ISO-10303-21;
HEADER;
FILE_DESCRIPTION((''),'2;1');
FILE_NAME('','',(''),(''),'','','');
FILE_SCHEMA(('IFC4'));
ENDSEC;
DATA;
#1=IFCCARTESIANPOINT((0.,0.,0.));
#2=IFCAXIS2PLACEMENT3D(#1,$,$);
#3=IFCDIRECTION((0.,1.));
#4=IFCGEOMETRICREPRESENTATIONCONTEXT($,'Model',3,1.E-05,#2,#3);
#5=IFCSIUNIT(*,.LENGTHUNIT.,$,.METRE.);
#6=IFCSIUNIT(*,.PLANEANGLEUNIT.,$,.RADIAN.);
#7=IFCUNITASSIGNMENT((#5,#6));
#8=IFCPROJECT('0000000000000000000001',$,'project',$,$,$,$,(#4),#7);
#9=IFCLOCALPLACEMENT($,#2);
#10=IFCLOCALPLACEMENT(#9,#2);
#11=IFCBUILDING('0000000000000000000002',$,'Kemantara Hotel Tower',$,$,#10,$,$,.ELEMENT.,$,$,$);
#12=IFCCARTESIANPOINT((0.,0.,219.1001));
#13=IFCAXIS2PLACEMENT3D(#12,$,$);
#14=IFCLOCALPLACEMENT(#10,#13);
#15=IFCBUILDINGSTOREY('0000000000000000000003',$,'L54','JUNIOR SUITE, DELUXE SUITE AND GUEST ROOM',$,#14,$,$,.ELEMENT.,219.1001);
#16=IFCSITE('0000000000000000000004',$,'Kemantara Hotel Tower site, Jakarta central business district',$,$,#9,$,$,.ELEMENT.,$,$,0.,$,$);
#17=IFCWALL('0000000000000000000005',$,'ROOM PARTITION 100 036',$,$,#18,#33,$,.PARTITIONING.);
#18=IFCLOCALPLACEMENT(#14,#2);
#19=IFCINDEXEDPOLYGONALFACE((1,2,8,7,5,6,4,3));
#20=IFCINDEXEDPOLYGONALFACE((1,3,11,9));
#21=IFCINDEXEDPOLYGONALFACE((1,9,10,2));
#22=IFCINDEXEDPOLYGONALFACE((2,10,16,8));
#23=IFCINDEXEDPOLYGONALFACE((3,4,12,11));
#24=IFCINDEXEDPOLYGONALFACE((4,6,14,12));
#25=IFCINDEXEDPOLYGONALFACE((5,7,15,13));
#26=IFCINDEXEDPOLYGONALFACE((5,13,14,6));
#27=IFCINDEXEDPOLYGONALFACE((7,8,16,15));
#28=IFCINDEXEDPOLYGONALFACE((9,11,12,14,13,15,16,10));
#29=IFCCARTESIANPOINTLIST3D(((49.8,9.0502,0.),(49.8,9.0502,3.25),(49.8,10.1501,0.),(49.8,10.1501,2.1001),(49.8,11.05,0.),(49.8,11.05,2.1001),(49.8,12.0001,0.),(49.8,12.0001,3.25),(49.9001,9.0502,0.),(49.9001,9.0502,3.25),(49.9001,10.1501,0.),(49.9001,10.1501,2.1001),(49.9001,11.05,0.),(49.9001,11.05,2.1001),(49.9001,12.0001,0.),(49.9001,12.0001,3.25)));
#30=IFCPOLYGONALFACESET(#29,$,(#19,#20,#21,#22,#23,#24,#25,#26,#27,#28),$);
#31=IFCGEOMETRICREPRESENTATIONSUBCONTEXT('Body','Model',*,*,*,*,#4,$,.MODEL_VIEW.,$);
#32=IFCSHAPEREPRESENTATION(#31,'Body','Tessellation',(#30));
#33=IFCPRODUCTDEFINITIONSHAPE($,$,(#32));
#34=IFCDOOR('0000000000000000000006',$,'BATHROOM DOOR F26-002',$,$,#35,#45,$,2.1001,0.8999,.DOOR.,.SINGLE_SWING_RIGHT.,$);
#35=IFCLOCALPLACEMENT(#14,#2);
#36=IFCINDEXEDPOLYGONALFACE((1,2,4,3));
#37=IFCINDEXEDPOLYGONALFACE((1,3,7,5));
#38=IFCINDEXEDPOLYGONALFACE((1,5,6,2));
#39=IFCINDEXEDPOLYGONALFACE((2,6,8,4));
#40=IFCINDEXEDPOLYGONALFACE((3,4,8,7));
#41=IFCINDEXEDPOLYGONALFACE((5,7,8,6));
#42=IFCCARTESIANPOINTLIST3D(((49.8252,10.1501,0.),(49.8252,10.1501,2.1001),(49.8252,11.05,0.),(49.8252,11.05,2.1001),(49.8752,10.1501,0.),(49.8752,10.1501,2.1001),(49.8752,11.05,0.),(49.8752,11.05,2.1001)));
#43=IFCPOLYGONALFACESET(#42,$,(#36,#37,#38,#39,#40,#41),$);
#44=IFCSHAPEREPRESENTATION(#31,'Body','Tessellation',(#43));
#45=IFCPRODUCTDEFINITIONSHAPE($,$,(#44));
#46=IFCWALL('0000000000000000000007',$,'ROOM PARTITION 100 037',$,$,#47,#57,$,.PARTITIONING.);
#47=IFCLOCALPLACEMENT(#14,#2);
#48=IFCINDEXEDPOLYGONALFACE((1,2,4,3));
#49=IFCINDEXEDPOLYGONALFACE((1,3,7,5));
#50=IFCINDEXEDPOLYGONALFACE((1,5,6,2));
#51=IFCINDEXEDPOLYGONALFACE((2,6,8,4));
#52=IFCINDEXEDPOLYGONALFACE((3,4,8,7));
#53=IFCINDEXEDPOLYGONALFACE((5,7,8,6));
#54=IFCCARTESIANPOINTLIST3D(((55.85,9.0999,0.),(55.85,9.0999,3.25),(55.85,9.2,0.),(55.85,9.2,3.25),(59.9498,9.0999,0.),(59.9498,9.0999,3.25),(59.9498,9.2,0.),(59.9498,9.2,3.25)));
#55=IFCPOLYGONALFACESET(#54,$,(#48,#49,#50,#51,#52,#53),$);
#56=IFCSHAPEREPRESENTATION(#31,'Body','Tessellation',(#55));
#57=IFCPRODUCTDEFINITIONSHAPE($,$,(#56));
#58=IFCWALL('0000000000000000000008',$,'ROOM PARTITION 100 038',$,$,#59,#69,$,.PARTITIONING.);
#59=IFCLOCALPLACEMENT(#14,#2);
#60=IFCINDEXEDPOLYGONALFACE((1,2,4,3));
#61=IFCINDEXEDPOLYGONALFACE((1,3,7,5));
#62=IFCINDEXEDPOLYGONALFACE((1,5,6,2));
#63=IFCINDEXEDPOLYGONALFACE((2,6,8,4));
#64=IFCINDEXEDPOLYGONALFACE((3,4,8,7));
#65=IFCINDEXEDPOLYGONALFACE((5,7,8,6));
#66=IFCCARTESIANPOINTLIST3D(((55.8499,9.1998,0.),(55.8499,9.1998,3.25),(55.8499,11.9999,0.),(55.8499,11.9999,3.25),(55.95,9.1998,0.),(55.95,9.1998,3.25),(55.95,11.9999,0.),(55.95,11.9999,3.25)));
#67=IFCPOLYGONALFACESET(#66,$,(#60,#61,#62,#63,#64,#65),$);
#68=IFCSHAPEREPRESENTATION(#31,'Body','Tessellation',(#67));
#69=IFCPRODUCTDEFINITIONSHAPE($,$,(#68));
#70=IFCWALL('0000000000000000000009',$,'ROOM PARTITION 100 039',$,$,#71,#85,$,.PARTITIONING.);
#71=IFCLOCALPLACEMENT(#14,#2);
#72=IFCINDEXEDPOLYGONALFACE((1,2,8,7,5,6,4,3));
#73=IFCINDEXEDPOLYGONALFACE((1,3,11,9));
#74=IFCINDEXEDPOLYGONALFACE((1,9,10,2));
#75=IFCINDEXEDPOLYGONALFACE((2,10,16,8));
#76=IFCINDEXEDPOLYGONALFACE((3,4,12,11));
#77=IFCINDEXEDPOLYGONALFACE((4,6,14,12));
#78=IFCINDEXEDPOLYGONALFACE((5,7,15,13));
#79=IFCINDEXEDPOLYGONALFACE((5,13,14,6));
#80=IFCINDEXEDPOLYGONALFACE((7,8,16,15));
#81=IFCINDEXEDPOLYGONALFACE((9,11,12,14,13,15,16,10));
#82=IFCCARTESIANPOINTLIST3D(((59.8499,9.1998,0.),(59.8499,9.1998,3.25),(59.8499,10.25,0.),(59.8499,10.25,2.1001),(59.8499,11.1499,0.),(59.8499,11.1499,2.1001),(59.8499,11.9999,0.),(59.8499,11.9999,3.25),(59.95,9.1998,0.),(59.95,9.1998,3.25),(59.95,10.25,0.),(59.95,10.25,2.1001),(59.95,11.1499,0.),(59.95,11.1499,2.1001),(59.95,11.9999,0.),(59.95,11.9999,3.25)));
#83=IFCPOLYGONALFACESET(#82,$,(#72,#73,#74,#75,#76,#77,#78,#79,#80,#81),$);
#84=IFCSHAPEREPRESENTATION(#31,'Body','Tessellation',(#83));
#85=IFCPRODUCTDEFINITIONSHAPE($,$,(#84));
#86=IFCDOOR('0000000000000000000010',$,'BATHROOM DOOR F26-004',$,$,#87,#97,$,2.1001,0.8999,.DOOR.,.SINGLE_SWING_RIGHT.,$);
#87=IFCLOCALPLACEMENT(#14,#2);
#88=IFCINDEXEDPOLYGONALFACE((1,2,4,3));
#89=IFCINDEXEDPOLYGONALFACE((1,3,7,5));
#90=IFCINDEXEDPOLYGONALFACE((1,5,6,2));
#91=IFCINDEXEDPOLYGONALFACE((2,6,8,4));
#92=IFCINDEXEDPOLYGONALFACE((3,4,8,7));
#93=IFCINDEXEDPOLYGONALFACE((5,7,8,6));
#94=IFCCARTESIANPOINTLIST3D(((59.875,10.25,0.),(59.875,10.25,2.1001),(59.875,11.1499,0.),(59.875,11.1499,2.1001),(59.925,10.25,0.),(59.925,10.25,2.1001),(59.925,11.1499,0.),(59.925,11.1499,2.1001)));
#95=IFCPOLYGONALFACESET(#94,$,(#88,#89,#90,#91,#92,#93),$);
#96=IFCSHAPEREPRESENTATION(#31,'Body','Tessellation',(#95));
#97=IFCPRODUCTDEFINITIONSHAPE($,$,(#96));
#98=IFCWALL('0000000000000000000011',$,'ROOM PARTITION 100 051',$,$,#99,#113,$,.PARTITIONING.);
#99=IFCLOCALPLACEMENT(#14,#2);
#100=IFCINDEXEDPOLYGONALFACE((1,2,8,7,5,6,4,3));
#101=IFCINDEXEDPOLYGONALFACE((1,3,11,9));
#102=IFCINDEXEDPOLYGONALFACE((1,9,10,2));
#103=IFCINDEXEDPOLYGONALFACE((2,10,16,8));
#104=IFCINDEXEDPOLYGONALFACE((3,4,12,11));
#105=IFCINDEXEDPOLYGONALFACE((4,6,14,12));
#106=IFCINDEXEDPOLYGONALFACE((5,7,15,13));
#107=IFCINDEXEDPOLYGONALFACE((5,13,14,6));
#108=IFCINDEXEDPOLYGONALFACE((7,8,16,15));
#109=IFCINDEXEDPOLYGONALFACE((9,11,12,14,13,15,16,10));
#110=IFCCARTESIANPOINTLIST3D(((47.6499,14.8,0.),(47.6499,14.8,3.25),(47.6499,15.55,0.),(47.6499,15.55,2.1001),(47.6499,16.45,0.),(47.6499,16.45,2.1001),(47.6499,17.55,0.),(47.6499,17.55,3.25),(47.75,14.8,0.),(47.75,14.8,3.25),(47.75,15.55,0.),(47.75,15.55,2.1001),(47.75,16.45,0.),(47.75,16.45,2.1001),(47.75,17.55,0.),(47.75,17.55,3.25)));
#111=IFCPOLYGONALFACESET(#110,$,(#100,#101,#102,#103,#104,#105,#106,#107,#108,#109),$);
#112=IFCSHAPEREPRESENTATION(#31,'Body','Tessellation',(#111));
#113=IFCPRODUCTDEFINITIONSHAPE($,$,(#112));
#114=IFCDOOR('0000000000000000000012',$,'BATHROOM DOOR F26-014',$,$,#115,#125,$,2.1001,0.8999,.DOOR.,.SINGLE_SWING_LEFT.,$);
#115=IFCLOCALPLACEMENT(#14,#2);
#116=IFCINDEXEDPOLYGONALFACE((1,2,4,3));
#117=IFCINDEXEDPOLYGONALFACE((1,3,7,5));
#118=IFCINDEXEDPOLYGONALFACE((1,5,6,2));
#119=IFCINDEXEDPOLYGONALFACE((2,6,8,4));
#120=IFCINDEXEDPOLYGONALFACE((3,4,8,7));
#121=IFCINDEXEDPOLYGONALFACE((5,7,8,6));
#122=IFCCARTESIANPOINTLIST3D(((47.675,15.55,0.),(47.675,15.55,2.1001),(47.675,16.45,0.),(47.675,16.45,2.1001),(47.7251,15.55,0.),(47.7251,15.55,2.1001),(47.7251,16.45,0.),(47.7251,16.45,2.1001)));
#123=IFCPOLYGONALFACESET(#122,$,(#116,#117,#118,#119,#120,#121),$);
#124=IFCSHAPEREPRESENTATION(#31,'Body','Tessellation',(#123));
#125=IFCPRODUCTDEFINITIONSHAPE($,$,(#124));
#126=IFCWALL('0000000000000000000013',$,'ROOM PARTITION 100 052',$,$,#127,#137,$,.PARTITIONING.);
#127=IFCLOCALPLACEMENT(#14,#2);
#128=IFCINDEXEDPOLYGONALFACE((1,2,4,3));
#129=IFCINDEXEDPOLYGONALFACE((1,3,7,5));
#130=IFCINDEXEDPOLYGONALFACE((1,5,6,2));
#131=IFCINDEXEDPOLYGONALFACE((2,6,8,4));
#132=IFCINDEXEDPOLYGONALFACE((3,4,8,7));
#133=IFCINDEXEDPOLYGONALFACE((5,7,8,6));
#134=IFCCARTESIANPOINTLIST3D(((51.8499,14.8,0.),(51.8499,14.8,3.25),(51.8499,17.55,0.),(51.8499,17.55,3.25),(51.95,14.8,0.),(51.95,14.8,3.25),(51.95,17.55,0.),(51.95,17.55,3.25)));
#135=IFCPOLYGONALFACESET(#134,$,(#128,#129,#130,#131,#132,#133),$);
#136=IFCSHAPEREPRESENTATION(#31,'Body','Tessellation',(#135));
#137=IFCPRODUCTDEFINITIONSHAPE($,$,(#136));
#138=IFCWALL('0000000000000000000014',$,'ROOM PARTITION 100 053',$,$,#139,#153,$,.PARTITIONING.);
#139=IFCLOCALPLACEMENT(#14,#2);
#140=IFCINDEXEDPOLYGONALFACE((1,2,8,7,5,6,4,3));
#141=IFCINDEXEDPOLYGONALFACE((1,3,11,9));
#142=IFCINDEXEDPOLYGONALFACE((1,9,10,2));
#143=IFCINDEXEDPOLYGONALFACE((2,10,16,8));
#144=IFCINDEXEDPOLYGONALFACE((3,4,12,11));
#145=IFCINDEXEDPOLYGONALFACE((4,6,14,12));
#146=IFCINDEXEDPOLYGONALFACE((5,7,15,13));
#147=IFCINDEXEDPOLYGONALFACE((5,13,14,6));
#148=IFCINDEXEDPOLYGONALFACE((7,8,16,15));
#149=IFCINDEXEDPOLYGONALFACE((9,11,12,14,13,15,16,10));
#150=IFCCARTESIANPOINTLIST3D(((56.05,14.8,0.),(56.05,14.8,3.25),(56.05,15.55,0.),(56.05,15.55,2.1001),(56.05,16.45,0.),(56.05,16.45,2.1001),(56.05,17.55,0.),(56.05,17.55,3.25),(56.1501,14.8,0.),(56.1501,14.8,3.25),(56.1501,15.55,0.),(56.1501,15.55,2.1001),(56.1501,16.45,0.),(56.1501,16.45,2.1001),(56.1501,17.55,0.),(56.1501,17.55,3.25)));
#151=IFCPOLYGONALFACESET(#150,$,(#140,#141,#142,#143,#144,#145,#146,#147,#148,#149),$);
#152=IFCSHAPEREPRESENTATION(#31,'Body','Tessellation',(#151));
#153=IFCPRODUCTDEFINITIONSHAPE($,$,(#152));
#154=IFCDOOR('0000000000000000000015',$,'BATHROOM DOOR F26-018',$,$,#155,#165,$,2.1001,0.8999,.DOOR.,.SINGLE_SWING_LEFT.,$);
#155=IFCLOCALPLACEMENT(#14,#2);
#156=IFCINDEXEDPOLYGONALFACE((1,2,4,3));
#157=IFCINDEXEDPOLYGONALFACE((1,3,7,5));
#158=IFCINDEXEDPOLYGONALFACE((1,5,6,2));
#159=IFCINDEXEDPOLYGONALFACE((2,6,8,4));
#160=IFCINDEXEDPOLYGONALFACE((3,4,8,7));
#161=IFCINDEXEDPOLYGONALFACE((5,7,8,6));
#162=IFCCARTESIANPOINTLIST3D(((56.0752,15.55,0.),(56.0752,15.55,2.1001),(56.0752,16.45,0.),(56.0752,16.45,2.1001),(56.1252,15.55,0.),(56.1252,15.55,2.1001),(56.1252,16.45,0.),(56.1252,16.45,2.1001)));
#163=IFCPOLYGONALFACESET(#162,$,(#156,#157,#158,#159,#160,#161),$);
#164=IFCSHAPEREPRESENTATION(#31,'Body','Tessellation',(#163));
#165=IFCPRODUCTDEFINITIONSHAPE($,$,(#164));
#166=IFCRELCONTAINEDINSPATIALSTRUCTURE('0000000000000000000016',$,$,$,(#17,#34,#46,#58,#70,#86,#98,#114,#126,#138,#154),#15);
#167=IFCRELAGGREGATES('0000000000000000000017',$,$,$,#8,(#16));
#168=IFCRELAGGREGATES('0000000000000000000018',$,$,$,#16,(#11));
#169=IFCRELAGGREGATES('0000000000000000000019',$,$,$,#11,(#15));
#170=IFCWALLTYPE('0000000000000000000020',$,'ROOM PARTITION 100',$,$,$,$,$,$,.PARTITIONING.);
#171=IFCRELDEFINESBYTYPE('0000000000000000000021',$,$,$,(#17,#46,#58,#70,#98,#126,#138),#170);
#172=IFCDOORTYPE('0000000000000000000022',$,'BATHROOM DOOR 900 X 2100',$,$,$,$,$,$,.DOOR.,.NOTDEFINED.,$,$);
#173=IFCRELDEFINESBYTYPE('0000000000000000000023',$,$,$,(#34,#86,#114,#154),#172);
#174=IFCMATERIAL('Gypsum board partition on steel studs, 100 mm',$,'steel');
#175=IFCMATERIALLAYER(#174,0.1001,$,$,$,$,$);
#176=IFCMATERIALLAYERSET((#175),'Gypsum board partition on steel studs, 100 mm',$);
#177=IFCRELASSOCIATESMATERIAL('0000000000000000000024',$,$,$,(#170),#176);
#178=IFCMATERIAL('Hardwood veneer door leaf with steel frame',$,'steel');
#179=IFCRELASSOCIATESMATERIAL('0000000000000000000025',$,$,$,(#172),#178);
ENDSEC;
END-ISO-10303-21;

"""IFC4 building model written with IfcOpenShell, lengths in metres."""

from ifc_helpers import new_model, si_unit, direction, frame, frame_2d, origin, place, context, subcontext, project, spatial, rectangle, extrude, material, layer, layer_set, type_object, element, fill, save


model = new_model("IFC4")

# Units and contexts
model_context = context("Model", 3, precision=1e-05, world=origin(), true_north=direction((0.0, 1.0)))
body_context = subcontext(model_context, "Body", "Model", "MODEL_VIEW")
ifc_project = project(units=[si_unit("LENGTHUNIT", "METRE"), si_unit("PLANEANGLEUNIT", "RADIAN")], contexts=[model_context])

# Site, building, storey
site_placement = place(None, origin())
site = spatial("IfcSite", under=ifc_project, at=site_placement, Name="Kemantara Hotel Tower site, Jakarta central business district", CompositionType="ELEMENT", RefElevation=0.0)
building_placement = place(site_placement, origin())
building = spatial("IfcBuilding", under=site, at=building_placement, Name="Kemantara Hotel Tower", CompositionType="ELEMENT")
storey_placement = place(building_placement, frame((0.0, 0.0, 219.1001)))
storey = spatial("IfcBuildingStorey", under=building, at=storey_placement, Name="L54", Description="JUNIOR SUITE, DELUXE SUITE AND GUEST ROOM", CompositionType="ELEMENT", Elevation=219.1001)

# Shared definitions
ifc_material_1 = material(Name="Hardwood veneer door leaf with steel frame", Category="steel")

# Shared definitions
ifc_material_2 = material(Name="Gypsum board partition on steel studs, 100 mm", Category="steel")
ifc_layer_1 = layer(ifc_material_2, 0.1001)
ifc_layer_set_1 = layer_set([ifc_layer_1], Name="Gypsum board partition on steel studs, 100 mm")
wall_type_1 = type_object("IfcWallType", Name="ROOM PARTITION 100", PredefinedType="PARTITIONING", material=ifc_layer_set_1)

# Wall, opening, door
wall_1_placement = place(storey_placement, frame((49.8501, 9.05, 0.0), z_axis=(0.0, 0.0, 1.0), x_axis=(0.0, 1.0, 0.0)))
wall_1 = element("IfcWall", 1, at=wall_1_placement, inside=storey, type_object=wall_type_1, Name="ROOM PARTITION 100 036", PredefinedType="PARTITIONING", context=body_context, shape_type="SweptSolid", body=[
    extrude(rectangle(XDim=2.95, YDim=0.1001, at=frame_2d((1.4751, 0.0))), origin(), (0.0, 0.0, 1.0), 3.25),
])
opening_1_placement = place(wall_1_placement, frame((1.1001, 0.0, 0.0)))
opening_1 = element("IfcOpeningElement", 2, at=opening_1_placement, cuts=wall_1, PredefinedType="OPENING", context=body_context, shape_type="SweptSolid", body=[
    extrude(rectangle(XDim=0.8999, YDim=2.1001, at=frame_2d((0.45, 1.05))), frame((0.0, 0.0601, 0.0), z_axis=(0.0, -1.0, 0.0), x_axis=(1.0, 0.0, 0.0)), (0.0, 0.0, 1.0), 0.1201),
])
door_type_1 = type_object("IfcDoorType", Name="BATHROOM DOOR 900 X 2100", OperationType="NOTDEFINED", PredefinedType="DOOR", material=ifc_material_1)
door_1_placement = place(opening_1_placement, origin())
door_1 = element("IfcDoor", 3, at=door_1_placement, inside=storey, type_object=door_type_1, Name="BATHROOM DOOR F26-002", OperationType="SINGLE_SWING_RIGHT", OverallHeight=2.1001, OverallWidth=0.8999, PredefinedType="DOOR", context=body_context, shape_type="SweptSolid", body=[
    extrude(rectangle(XDim=0.8999, YDim=2.1001, at=frame_2d((0.45, 1.05))), frame((0.0, 0.0249, 0.0), z_axis=(0.0, -1.0, 0.0), x_axis=(1.0, 0.0, 0.0)), (0.0, 0.0, 1.0), 0.05),
])
fill(opening_1, door_1)

# Walls
wall_2_placement = place(storey_placement, frame((55.8501, 9.1499, 0.0), z_axis=(0.0, 0.0, 1.0), x_axis=(1.0, 0.0, 0.0)))
element("IfcWall", 4, at=wall_2_placement, inside=storey, type_object=wall_type_1, Name="ROOM PARTITION 100 037", PredefinedType="PARTITIONING", context=body_context, shape_type="SweptSolid", body=[
    extrude(rectangle(XDim=4.0999, YDim=0.1001, at=frame_2d((2.0498, 0.0))), origin(), (0.0, 0.0, 1.0), 3.25),
])
wall_3_placement = place(storey_placement, frame((55.8999, 9.2, 0.0), z_axis=(0.0, 0.0, 1.0), x_axis=(0.0, 1.0, 0.0)))
element("IfcWall", 5, at=wall_3_placement, inside=storey, type_object=wall_type_1, Name="ROOM PARTITION 100 038", PredefinedType="PARTITIONING", context=body_context, shape_type="SweptSolid", body=[
    extrude(rectangle(XDim=2.8, YDim=0.1001, at=frame_2d((1.3999, 0.0))), origin(), (0.0, 0.0, 1.0), 3.25),
])

# Walls, openings, doors
wall_4_placement = place(storey_placement, frame((59.8999, 9.2, 0.0), z_axis=(0.0, 0.0, 1.0), x_axis=(0.0, 1.0, 0.0)))
wall_4 = element("IfcWall", 6, at=wall_4_placement, inside=storey, type_object=wall_type_1, Name="ROOM PARTITION 100 039", PredefinedType="PARTITIONING", context=body_context, shape_type="SweptSolid", body=[
    extrude(rectangle(XDim=2.8, YDim=0.1001, at=frame_2d((1.3999, 0.0))), origin(), (0.0, 0.0, 1.0), 3.25),
])
opening_2_placement = place(wall_4_placement, frame((1.05, 0.0, 0.0)))
opening_2 = element("IfcOpeningElement", 7, at=opening_2_placement, cuts=wall_4, PredefinedType="OPENING", context=body_context, shape_type="SweptSolid", body=[
    extrude(rectangle(XDim=0.8999, YDim=2.1001, at=frame_2d((0.45, 1.05))), frame((0.0, 0.0601, 0.0), z_axis=(0.0, -1.0, 0.0), x_axis=(1.0, 0.0, 0.0)), (0.0, 0.0, 1.0), 0.1201),
])
door_2_placement = place(opening_2_placement, origin())
door_2 = element("IfcDoor", 8, at=door_2_placement, inside=storey, type_object=door_type_1, Name="BATHROOM DOOR F26-004", OperationType="SINGLE_SWING_RIGHT", OverallHeight=2.1001, OverallWidth=0.8999, PredefinedType="DOOR", context=body_context, shape_type="SweptSolid", body=[
    extrude(rectangle(XDim=0.8999, YDim=2.1001, at=frame_2d((0.45, 1.05))), frame((0.0, 0.0249, 0.0), z_axis=(0.0, -1.0, 0.0), x_axis=(1.0, 0.0, 0.0)), (0.0, 0.0, 1.0), 0.05),
])
fill(opening_2, door_2)
wall_5_placement = place(storey_placement, frame((47.7, 14.8, 0.0), z_axis=(0.0, 0.0, 1.0), x_axis=(0.0, 1.0, 0.0)))
wall_5 = element("IfcWall", 9, at=wall_5_placement, inside=storey, type_object=wall_type_1, Name="ROOM PARTITION 100 051", PredefinedType="PARTITIONING", context=body_context, shape_type="SweptSolid", body=[
    extrude(rectangle(XDim=2.75, YDim=0.1001, at=frame_2d((1.375, 0.0))), origin(), (0.0, 0.0, 1.0), 3.25),
])
opening_3_placement = place(wall_5_placement, frame((0.75, 0.0, 0.0)))
opening_3 = element("IfcOpeningElement", 10, at=opening_3_placement, cuts=wall_5, PredefinedType="OPENING", context=body_context, shape_type="SweptSolid", body=[
    extrude(rectangle(XDim=0.8999, YDim=2.1001, at=frame_2d((0.45, 1.05))), frame((0.0, 0.0601, 0.0), z_axis=(0.0, -1.0, 0.0), x_axis=(1.0, 0.0, 0.0)), (0.0, 0.0, 1.0), 0.1201),
])
door_3_placement = place(opening_3_placement, origin())
door_3 = element("IfcDoor", 11, at=door_3_placement, inside=storey, type_object=door_type_1, Name="BATHROOM DOOR F26-014", OperationType="SINGLE_SWING_LEFT", OverallHeight=2.1001, OverallWidth=0.8999, PredefinedType="DOOR", context=body_context, shape_type="SweptSolid", body=[
    extrude(rectangle(XDim=0.8999, YDim=2.1001, at=frame_2d((0.45, 1.05))), frame((0.0, 0.0249, 0.0), z_axis=(0.0, -1.0, 0.0), x_axis=(1.0, 0.0, 0.0)), (0.0, 0.0, 1.0), 0.05),
])
fill(opening_3, door_3)

# Wall
wall_6_placement = place(storey_placement, frame((51.8999, 14.8, 0.0), z_axis=(0.0, 0.0, 1.0), x_axis=(0.0, 1.0, 0.0)))
element("IfcWall", 12, at=wall_6_placement, inside=storey, type_object=wall_type_1, Name="ROOM PARTITION 100 052", PredefinedType="PARTITIONING", context=body_context, shape_type="SweptSolid", body=[
    extrude(rectangle(XDim=2.75, YDim=0.1001, at=frame_2d((1.375, 0.0))), origin(), (0.0, 0.0, 1.0), 3.25),
])

# Wall, opening, door
wall_7_placement = place(storey_placement, frame((56.1001, 14.8, 0.0), z_axis=(0.0, 0.0, 1.0), x_axis=(0.0, 1.0, 0.0)))
wall_7 = element("IfcWall", 13, at=wall_7_placement, inside=storey, type_object=wall_type_1, Name="ROOM PARTITION 100 053", PredefinedType="PARTITIONING", context=body_context, shape_type="SweptSolid", body=[
    extrude(rectangle(XDim=2.75, YDim=0.1001, at=frame_2d((1.375, 0.0))), origin(), (0.0, 0.0, 1.0), 3.25),
])
opening_4_placement = place(wall_7_placement, frame((0.75, 0.0, 0.0)))
opening_4 = element("IfcOpeningElement", 14, at=opening_4_placement, cuts=wall_7, PredefinedType="OPENING", context=body_context, shape_type="SweptSolid", body=[
    extrude(rectangle(XDim=0.8999, YDim=2.1001, at=frame_2d((0.45, 1.05))), frame((0.0, 0.0601, 0.0), z_axis=(0.0, -1.0, 0.0), x_axis=(1.0, 0.0, 0.0)), (0.0, 0.0, 1.0), 0.1201),
])
door_4_placement = place(opening_4_placement, origin())
door_4 = element("IfcDoor", 15, at=door_4_placement, inside=storey, type_object=door_type_1, Name="BATHROOM DOOR F26-018", OperationType="SINGLE_SWING_LEFT", OverallHeight=2.1001, OverallWidth=0.8999, PredefinedType="DOOR", context=body_context, shape_type="SweptSolid", body=[
    extrude(rectangle(XDim=0.8999, YDim=2.1001, at=frame_2d((0.45, 1.05))), frame((0.0, 0.0249, 0.0), z_axis=(0.0, -1.0, 0.0), x_axis=(1.0, 0.0, 0.0)), (0.0, 0.0, 1.0), 0.05),
])
fill(opening_4, door_4)

save(model, "model.ifc")
